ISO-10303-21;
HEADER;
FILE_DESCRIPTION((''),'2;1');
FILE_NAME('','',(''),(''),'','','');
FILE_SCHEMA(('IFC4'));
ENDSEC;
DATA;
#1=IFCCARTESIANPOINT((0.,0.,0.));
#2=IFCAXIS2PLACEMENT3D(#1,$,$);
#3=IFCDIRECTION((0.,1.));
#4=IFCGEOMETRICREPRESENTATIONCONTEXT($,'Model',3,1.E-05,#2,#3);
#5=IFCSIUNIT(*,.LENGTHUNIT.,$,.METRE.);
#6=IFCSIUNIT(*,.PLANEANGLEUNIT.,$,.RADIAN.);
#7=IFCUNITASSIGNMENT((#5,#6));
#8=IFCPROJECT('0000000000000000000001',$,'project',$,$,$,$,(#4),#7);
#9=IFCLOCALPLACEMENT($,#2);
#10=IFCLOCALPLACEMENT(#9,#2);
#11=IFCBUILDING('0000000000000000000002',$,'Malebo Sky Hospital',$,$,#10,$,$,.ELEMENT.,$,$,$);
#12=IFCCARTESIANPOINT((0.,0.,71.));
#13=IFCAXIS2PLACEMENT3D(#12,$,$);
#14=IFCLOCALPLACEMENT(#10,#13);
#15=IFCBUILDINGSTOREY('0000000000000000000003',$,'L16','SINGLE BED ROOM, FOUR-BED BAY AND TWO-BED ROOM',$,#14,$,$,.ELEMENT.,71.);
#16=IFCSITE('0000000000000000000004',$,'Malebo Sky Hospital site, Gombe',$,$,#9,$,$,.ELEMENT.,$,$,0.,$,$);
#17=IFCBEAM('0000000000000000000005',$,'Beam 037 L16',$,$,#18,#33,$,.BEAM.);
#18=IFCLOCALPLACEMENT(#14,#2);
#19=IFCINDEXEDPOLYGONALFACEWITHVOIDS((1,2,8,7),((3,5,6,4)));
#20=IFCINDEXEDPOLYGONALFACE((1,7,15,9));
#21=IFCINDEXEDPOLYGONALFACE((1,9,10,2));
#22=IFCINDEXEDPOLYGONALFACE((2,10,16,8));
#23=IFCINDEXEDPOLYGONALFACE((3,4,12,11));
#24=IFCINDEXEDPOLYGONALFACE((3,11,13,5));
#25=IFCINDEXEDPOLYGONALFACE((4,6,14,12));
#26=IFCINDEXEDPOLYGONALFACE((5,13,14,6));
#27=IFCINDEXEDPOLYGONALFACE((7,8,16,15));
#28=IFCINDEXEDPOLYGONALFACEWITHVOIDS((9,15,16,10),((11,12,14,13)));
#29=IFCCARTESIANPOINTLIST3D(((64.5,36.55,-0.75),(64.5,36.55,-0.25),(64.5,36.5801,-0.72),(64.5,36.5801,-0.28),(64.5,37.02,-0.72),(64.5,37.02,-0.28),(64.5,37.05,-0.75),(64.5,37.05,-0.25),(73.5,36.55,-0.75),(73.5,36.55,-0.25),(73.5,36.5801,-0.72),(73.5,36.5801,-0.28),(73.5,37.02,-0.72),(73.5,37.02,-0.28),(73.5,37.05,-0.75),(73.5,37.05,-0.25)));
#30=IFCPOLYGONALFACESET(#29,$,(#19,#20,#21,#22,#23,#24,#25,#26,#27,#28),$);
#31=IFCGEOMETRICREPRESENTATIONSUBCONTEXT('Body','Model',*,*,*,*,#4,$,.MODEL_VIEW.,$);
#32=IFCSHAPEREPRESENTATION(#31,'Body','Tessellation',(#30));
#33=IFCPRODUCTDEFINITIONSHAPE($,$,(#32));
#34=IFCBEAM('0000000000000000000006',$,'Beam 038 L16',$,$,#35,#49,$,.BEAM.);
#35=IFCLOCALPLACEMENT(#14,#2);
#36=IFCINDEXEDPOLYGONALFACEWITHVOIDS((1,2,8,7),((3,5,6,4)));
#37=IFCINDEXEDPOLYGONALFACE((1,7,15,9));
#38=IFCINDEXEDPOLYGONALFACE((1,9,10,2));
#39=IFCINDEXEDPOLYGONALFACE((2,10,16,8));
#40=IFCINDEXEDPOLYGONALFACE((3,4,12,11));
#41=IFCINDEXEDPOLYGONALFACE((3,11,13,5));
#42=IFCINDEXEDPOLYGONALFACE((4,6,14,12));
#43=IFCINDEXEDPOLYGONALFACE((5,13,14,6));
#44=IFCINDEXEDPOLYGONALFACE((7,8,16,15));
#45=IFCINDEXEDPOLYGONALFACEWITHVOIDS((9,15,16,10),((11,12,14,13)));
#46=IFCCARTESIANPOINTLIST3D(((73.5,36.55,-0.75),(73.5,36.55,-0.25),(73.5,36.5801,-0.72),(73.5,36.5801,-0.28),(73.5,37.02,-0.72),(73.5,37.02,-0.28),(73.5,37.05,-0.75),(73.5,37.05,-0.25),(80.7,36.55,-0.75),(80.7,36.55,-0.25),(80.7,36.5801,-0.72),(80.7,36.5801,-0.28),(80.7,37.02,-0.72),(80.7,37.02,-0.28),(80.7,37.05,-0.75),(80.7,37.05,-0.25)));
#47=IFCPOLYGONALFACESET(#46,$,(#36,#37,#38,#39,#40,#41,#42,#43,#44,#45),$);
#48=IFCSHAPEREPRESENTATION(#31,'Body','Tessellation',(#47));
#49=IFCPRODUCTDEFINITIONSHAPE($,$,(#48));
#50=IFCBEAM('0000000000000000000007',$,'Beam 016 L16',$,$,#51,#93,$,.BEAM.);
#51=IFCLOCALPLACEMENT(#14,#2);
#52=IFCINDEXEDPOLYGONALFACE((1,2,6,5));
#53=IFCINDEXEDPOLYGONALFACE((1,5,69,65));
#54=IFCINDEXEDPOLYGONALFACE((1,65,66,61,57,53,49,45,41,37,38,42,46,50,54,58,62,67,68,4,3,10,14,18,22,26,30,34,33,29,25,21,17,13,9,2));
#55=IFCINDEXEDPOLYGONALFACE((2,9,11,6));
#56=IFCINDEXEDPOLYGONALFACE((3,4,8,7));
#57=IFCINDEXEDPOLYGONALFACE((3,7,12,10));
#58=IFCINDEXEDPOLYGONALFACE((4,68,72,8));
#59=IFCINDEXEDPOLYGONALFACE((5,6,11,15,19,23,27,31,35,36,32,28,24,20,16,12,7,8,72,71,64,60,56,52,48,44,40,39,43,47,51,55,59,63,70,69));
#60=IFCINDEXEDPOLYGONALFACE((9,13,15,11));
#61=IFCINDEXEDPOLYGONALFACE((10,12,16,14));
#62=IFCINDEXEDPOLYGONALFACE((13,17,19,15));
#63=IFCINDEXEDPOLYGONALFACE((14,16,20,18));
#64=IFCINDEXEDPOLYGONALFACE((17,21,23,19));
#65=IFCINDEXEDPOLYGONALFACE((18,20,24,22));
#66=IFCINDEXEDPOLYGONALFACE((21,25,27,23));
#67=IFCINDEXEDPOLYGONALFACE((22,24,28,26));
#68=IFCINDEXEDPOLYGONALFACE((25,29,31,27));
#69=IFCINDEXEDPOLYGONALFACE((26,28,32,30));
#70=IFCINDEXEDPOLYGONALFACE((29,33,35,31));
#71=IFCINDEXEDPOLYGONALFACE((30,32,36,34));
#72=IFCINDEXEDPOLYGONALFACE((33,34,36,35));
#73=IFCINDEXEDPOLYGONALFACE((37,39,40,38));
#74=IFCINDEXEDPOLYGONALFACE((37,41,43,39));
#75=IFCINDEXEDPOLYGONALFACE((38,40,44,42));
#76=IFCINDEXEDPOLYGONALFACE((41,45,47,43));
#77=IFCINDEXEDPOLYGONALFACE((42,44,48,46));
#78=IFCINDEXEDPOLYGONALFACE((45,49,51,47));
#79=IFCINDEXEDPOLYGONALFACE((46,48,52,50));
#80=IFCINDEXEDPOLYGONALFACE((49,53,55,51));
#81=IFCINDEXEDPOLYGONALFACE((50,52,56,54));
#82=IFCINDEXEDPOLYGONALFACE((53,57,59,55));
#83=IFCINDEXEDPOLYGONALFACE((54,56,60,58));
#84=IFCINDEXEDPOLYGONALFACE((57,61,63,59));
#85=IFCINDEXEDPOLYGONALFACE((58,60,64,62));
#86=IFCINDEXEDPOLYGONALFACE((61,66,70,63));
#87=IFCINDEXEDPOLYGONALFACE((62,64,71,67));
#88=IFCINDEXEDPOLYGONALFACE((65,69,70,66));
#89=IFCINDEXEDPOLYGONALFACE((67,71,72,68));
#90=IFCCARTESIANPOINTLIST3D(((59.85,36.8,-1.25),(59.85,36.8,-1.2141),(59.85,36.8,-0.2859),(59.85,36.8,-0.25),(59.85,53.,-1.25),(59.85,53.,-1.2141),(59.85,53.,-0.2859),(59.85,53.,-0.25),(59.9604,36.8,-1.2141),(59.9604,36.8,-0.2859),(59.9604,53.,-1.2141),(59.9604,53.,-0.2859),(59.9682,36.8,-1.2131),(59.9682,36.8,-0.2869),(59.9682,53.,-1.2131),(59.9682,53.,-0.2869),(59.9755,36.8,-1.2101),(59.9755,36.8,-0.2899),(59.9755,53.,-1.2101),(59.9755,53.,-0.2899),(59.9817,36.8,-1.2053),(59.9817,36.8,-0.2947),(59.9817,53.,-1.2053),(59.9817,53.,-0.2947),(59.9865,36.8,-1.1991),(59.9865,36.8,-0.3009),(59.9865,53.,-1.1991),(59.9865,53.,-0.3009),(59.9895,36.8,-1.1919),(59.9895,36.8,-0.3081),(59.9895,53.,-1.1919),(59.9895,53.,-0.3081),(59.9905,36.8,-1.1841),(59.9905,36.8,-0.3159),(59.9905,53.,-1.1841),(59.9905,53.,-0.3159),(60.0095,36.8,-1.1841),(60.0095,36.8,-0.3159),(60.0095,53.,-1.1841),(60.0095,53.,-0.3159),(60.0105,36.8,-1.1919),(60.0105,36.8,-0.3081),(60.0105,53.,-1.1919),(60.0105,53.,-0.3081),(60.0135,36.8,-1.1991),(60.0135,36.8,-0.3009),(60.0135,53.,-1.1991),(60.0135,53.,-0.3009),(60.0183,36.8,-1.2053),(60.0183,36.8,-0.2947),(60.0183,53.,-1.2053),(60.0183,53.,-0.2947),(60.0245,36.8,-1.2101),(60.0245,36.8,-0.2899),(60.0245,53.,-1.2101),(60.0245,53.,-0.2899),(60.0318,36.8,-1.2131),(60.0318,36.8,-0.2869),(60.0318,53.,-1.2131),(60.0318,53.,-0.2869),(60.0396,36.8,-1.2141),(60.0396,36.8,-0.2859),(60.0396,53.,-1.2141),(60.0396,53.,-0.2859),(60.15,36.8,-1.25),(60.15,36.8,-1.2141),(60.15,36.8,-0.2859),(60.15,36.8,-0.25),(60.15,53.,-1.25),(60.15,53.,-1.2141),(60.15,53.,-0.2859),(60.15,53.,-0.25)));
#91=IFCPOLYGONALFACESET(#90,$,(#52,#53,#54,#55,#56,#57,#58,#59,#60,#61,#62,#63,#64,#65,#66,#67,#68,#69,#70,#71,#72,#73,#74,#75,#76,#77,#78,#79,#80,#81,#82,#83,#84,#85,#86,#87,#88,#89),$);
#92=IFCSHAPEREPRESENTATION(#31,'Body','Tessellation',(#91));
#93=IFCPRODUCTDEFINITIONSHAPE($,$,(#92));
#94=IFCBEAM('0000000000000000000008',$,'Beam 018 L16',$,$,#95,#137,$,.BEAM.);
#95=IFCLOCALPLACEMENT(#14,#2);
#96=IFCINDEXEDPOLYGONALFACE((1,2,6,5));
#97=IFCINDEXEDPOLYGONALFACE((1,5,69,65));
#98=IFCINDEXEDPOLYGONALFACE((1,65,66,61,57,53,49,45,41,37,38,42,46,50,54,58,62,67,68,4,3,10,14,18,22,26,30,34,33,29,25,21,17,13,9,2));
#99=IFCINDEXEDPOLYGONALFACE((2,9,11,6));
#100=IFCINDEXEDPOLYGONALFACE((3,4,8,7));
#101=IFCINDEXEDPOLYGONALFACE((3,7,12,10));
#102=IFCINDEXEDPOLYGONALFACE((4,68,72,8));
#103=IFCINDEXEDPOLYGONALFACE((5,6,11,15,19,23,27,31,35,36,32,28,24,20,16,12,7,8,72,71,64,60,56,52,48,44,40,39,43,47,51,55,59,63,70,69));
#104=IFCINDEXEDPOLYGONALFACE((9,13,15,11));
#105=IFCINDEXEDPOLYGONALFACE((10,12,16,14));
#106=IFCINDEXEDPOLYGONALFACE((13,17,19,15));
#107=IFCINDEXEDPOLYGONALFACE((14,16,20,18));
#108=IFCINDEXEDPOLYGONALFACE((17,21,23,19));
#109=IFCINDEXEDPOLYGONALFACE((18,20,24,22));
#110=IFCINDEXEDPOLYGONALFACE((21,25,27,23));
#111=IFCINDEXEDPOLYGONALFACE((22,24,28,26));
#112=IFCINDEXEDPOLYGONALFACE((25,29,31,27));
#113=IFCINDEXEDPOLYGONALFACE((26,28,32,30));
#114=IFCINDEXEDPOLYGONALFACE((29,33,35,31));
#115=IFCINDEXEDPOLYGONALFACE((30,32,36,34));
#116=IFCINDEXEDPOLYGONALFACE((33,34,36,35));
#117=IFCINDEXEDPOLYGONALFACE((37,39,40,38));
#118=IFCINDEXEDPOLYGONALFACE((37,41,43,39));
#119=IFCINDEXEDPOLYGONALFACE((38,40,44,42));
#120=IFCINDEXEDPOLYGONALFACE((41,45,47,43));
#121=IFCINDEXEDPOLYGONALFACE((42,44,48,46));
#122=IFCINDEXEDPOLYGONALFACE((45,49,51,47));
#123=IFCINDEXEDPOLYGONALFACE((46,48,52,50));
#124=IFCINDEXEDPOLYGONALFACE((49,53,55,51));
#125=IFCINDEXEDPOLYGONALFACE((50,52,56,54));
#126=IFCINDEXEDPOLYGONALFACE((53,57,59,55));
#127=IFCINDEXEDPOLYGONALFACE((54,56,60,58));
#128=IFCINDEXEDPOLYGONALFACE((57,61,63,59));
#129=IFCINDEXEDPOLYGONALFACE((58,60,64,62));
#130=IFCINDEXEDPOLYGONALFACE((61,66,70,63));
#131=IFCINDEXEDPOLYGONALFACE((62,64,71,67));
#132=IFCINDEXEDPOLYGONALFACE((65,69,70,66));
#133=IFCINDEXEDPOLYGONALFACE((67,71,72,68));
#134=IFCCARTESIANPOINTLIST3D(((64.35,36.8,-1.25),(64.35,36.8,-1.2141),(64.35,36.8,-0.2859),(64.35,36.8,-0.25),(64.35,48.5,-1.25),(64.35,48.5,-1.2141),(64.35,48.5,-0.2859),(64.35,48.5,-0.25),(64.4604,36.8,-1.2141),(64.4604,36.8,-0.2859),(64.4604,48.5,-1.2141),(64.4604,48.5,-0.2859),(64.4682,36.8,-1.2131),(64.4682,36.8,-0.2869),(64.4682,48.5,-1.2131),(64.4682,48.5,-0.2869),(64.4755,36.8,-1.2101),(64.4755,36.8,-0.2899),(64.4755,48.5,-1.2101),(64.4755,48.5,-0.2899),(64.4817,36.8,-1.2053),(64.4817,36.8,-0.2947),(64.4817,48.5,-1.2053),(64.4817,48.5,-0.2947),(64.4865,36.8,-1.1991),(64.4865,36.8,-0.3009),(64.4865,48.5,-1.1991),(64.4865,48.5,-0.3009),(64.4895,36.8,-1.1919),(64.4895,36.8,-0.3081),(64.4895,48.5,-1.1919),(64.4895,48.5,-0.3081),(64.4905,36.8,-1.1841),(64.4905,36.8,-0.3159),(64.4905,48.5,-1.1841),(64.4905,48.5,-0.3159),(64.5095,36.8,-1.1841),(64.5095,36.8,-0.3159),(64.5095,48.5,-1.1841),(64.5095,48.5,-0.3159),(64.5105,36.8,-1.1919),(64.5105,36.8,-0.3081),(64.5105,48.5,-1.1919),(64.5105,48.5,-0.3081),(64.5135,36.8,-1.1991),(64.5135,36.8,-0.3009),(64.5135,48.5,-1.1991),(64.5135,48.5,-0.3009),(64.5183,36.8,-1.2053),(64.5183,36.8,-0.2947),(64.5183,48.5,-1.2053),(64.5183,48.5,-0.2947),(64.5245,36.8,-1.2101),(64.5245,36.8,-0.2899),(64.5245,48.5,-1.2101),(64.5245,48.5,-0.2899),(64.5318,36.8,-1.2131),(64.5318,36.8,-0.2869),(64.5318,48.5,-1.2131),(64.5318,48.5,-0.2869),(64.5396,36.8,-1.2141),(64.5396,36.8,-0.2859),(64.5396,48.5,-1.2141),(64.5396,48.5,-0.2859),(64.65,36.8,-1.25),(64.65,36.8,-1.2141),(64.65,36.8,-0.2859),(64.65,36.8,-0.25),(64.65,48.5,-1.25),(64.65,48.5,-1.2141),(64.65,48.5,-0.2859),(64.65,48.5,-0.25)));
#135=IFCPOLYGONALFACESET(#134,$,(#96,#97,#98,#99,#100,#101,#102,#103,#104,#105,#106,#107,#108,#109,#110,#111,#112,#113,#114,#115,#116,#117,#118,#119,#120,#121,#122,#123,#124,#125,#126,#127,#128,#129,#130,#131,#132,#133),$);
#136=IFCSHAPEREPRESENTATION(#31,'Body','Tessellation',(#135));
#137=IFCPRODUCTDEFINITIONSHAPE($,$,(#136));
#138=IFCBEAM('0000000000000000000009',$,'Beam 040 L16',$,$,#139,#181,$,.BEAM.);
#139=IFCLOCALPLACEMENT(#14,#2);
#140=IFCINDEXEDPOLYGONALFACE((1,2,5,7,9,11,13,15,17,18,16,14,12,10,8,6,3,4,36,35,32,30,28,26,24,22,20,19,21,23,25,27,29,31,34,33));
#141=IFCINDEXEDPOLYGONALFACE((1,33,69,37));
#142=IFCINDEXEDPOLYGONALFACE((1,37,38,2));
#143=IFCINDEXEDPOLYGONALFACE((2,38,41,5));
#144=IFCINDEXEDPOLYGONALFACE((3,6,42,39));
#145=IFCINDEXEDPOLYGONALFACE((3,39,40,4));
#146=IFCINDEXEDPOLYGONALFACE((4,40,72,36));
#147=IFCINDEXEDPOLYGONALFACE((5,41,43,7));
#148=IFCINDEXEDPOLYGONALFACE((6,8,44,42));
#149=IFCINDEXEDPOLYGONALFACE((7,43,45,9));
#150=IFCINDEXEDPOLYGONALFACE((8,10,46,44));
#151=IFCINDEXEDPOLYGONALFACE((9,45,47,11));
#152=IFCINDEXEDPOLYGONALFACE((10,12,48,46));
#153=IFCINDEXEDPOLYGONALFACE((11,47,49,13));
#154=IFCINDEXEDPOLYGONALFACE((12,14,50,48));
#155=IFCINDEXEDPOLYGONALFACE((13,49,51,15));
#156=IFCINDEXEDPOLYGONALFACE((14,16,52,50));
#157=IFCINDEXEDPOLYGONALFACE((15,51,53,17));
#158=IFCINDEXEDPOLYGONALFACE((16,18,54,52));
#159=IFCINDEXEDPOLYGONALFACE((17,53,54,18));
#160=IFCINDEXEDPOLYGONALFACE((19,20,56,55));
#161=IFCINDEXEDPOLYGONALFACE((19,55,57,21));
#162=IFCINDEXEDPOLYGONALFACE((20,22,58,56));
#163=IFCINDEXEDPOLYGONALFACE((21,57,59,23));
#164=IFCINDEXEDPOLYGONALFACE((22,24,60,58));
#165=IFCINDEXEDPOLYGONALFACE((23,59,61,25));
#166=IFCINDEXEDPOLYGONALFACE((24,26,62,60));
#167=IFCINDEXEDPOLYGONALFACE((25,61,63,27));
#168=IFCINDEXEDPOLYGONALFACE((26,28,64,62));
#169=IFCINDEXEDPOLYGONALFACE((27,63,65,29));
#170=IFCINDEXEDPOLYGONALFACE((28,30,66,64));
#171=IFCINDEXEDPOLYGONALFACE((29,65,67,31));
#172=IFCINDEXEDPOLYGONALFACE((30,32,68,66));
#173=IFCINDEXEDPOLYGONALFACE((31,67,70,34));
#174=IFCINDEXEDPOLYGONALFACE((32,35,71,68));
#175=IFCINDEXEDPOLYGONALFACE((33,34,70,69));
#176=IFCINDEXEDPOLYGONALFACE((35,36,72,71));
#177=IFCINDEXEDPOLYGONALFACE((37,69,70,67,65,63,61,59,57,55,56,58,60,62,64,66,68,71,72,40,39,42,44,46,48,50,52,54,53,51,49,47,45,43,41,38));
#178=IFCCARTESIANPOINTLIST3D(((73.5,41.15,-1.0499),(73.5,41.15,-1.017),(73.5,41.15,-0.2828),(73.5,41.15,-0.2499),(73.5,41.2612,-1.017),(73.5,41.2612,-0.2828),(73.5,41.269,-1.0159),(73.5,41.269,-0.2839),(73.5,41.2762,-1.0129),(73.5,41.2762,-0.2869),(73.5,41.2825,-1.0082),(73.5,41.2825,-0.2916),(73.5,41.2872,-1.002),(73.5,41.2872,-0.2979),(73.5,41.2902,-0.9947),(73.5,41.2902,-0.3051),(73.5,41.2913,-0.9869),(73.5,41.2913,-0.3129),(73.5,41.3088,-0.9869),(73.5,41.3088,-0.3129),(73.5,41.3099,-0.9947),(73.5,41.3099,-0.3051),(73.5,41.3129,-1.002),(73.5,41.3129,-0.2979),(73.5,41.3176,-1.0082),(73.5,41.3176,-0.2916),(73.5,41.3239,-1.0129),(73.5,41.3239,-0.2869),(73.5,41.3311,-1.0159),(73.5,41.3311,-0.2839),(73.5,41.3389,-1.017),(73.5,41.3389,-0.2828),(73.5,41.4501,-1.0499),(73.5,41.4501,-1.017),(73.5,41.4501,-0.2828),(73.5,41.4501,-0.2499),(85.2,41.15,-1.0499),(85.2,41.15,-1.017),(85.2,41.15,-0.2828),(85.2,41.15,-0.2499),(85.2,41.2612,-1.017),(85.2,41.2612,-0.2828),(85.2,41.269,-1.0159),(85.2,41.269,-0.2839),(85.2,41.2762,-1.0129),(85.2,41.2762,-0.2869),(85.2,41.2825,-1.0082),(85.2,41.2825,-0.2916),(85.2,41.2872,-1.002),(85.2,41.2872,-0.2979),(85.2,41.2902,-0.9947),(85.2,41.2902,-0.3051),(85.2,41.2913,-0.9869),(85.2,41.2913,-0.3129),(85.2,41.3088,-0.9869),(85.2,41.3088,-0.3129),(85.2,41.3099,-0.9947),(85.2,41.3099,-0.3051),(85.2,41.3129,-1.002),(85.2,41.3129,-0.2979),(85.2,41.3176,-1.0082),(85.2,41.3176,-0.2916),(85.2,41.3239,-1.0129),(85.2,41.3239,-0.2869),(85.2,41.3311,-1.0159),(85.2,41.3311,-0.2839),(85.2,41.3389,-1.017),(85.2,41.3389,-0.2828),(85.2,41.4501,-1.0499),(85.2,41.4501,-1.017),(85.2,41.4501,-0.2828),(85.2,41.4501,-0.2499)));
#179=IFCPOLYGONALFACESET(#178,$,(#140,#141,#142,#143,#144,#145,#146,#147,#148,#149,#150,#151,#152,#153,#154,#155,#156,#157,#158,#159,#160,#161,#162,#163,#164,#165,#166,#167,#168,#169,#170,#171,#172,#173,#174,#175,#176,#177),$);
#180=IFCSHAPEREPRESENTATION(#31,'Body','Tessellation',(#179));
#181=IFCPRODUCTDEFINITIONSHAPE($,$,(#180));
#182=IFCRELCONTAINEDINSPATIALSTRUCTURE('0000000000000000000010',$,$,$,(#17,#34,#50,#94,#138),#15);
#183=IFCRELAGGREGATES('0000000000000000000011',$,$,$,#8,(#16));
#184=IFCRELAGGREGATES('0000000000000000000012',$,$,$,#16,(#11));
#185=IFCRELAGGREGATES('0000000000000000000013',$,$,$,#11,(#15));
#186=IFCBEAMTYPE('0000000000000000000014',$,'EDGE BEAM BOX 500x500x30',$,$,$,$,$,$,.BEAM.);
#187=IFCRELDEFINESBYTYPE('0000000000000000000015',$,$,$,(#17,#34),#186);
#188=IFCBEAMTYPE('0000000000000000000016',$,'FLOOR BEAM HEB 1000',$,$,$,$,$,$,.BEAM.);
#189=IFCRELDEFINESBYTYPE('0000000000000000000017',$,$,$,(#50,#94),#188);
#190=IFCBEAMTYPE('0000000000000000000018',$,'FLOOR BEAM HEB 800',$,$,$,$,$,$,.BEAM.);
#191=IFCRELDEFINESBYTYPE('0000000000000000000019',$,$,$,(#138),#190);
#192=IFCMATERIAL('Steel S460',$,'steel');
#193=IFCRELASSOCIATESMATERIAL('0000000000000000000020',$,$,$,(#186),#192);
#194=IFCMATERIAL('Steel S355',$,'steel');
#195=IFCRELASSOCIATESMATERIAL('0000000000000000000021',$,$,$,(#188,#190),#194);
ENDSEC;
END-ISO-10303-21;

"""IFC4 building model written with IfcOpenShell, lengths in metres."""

from ifc_helpers import new_model, si_unit, direction, frame, origin, origin_2d, place, context, subcontext, project, spatial, hollow_rectangle, i_section, extrude, material, material_profile, profile_set, type_object, element, save


model = new_model("IFC4")

# Units and contexts
model_context = context("Model", 3, precision=1e-05, world=origin(), true_north=direction((0.0, 1.0)))
body_context = subcontext(model_context, "Body", "Model", "MODEL_VIEW")
ifc_project = project(units=[si_unit("LENGTHUNIT", "METRE"), si_unit("PLANEANGLEUNIT", "RADIAN")], contexts=[model_context])

# Site, building, storey
site_placement = place(None, origin())
site = spatial("IfcSite", under=ifc_project, at=site_placement, Name="Malebo Sky Hospital site, Gombe", CompositionType="ELEMENT", RefElevation=0.0)
building_placement = place(site_placement, origin())
building = spatial("IfcBuilding", under=site, at=building_placement, Name="Malebo Sky Hospital", CompositionType="ELEMENT")
storey_placement = place(building_placement, frame((0.0, 0.0, 71.0)))
storey = spatial("IfcBuildingStorey", under=building, at=storey_placement, Name="L16", Description="SINGLE BED ROOM, FOUR-BED BAY AND TWO-BED ROOM", CompositionType="ELEMENT", Elevation=71.0)

# Shared definitions
ifc_material_1 = material(Name="Steel S460", Category="steel")

# Shared definitions
ifc_material_2 = material(Name="Steel S355", Category="steel")

# Beams
ifc_material_profile_1 = material_profile(ifc_material_1, hollow_rectangle(XDim=0.5, YDim=0.5, WallThickness=0.03, at=origin_2d()), Name="BOX 500x500x30")
ifc_profile_set_1 = profile_set([ifc_material_profile_1], Name="Steel S460")
beam_type_1 = type_object("IfcBeamType", Name="EDGE BEAM BOX 500x500x30", PredefinedType="BEAM", material=ifc_profile_set_1)
beam_1_placement = place(storey_placement, frame((64.5, 36.8, -0.5), z_axis=(1.0, 0.0, 0.0), x_axis=(0.0, 1.0, 0.0)))
element("IfcBeam", 1, at=beam_1_placement, inside=storey, type_object=beam_type_1, Name="Beam 037 L16", PredefinedType="BEAM", context=body_context, shape_type="SweptSolid", body=[
    extrude(hollow_rectangle(XDim=0.5, YDim=0.5, WallThickness=0.03, at=origin_2d()), origin(), (0.0, 0.0, 1.0), 9.0),
])
beam_2_placement = place(storey_placement, frame((73.5, 36.8, -0.5), z_axis=(1.0, 0.0, 0.0), x_axis=(0.0, 1.0, 0.0)))
element("IfcBeam", 2, at=beam_2_placement, inside=storey, type_object=beam_type_1, Name="Beam 038 L16", PredefinedType="BEAM", context=body_context, shape_type="SweptSolid", body=[
    extrude(hollow_rectangle(XDim=0.5, YDim=0.5, WallThickness=0.03, at=origin_2d()), origin(), (0.0, 0.0, 1.0), 7.2),
])
ifc_material_profile_2 = material_profile(ifc_material_2, i_section(OverallWidth=0.3, OverallDepth=1.0, WebThickness=0.019, FlangeThickness=0.0359, FilletRadius=0.03, at=origin_2d()), Name="HEB 1000")
ifc_profile_set_2 = profile_set([ifc_material_profile_2], Name="Steel S355")
beam_type_2 = type_object("IfcBeamType", Name="FLOOR BEAM HEB 1000", PredefinedType="BEAM", material=ifc_profile_set_2)
beam_3_placement = place(storey_placement, frame((60.0, 36.8, -0.75), z_axis=(0.0, 1.0, 0.0), x_axis=(-1.0, 0.0, 0.0)))
element("IfcBeam", 3, at=beam_3_placement, inside=storey, type_object=beam_type_2, Name="Beam 016 L16", PredefinedType="BEAM", context=body_context, shape_type="SweptSolid", body=[
    extrude(i_section(OverallWidth=0.3, OverallDepth=1.0, WebThickness=0.019, FlangeThickness=0.0359, FilletRadius=0.03, at=origin_2d()), origin(), (0.0, 0.0, 1.0), 16.2),
])
beam_4_placement = place(storey_placement, frame((64.5, 36.8, -0.75), z_axis=(0.0, 1.0, 0.0), x_axis=(-1.0, 0.0, 0.0)))
element("IfcBeam", 4, at=beam_4_placement, inside=storey, type_object=beam_type_2, Name="Beam 018 L16", PredefinedType="BEAM", context=body_context, shape_type="SweptSolid", body=[
    extrude(i_section(OverallWidth=0.3, OverallDepth=1.0, WebThickness=0.019, FlangeThickness=0.0359, FilletRadius=0.03, at=origin_2d()), origin(), (0.0, 0.0, 1.0), 11.7),
])
ifc_material_profile_3 = material_profile(ifc_material_2, i_section(OverallWidth=0.3, OverallDepth=0.8, WebThickness=0.0176, FlangeThickness=0.033, FilletRadius=0.03, at=origin_2d()), Name="HEB 800")
ifc_profile_set_3 = profile_set([ifc_material_profile_3], Name="Steel S355")
beam_type_3 = type_object("IfcBeamType", Name="FLOOR BEAM HEB 800", PredefinedType="BEAM", material=ifc_profile_set_3)
beam_5_placement = place(storey_placement, frame((73.5, 41.3, -0.6499), z_axis=(1.0, 0.0, 0.0), x_axis=(0.0, 1.0, 0.0)))
element("IfcBeam", 5, at=beam_5_placement, inside=storey, type_object=beam_type_3, Name="Beam 040 L16", PredefinedType="BEAM", context=body_context, shape_type="SweptSolid", body=[
    extrude(i_section(OverallWidth=0.3, OverallDepth=0.8, WebThickness=0.0176, FlangeThickness=0.033, FilletRadius=0.03, at=origin_2d()), origin(), (0.0, 0.0, 1.0), 11.7),
])

save(model, "model.ifc")
